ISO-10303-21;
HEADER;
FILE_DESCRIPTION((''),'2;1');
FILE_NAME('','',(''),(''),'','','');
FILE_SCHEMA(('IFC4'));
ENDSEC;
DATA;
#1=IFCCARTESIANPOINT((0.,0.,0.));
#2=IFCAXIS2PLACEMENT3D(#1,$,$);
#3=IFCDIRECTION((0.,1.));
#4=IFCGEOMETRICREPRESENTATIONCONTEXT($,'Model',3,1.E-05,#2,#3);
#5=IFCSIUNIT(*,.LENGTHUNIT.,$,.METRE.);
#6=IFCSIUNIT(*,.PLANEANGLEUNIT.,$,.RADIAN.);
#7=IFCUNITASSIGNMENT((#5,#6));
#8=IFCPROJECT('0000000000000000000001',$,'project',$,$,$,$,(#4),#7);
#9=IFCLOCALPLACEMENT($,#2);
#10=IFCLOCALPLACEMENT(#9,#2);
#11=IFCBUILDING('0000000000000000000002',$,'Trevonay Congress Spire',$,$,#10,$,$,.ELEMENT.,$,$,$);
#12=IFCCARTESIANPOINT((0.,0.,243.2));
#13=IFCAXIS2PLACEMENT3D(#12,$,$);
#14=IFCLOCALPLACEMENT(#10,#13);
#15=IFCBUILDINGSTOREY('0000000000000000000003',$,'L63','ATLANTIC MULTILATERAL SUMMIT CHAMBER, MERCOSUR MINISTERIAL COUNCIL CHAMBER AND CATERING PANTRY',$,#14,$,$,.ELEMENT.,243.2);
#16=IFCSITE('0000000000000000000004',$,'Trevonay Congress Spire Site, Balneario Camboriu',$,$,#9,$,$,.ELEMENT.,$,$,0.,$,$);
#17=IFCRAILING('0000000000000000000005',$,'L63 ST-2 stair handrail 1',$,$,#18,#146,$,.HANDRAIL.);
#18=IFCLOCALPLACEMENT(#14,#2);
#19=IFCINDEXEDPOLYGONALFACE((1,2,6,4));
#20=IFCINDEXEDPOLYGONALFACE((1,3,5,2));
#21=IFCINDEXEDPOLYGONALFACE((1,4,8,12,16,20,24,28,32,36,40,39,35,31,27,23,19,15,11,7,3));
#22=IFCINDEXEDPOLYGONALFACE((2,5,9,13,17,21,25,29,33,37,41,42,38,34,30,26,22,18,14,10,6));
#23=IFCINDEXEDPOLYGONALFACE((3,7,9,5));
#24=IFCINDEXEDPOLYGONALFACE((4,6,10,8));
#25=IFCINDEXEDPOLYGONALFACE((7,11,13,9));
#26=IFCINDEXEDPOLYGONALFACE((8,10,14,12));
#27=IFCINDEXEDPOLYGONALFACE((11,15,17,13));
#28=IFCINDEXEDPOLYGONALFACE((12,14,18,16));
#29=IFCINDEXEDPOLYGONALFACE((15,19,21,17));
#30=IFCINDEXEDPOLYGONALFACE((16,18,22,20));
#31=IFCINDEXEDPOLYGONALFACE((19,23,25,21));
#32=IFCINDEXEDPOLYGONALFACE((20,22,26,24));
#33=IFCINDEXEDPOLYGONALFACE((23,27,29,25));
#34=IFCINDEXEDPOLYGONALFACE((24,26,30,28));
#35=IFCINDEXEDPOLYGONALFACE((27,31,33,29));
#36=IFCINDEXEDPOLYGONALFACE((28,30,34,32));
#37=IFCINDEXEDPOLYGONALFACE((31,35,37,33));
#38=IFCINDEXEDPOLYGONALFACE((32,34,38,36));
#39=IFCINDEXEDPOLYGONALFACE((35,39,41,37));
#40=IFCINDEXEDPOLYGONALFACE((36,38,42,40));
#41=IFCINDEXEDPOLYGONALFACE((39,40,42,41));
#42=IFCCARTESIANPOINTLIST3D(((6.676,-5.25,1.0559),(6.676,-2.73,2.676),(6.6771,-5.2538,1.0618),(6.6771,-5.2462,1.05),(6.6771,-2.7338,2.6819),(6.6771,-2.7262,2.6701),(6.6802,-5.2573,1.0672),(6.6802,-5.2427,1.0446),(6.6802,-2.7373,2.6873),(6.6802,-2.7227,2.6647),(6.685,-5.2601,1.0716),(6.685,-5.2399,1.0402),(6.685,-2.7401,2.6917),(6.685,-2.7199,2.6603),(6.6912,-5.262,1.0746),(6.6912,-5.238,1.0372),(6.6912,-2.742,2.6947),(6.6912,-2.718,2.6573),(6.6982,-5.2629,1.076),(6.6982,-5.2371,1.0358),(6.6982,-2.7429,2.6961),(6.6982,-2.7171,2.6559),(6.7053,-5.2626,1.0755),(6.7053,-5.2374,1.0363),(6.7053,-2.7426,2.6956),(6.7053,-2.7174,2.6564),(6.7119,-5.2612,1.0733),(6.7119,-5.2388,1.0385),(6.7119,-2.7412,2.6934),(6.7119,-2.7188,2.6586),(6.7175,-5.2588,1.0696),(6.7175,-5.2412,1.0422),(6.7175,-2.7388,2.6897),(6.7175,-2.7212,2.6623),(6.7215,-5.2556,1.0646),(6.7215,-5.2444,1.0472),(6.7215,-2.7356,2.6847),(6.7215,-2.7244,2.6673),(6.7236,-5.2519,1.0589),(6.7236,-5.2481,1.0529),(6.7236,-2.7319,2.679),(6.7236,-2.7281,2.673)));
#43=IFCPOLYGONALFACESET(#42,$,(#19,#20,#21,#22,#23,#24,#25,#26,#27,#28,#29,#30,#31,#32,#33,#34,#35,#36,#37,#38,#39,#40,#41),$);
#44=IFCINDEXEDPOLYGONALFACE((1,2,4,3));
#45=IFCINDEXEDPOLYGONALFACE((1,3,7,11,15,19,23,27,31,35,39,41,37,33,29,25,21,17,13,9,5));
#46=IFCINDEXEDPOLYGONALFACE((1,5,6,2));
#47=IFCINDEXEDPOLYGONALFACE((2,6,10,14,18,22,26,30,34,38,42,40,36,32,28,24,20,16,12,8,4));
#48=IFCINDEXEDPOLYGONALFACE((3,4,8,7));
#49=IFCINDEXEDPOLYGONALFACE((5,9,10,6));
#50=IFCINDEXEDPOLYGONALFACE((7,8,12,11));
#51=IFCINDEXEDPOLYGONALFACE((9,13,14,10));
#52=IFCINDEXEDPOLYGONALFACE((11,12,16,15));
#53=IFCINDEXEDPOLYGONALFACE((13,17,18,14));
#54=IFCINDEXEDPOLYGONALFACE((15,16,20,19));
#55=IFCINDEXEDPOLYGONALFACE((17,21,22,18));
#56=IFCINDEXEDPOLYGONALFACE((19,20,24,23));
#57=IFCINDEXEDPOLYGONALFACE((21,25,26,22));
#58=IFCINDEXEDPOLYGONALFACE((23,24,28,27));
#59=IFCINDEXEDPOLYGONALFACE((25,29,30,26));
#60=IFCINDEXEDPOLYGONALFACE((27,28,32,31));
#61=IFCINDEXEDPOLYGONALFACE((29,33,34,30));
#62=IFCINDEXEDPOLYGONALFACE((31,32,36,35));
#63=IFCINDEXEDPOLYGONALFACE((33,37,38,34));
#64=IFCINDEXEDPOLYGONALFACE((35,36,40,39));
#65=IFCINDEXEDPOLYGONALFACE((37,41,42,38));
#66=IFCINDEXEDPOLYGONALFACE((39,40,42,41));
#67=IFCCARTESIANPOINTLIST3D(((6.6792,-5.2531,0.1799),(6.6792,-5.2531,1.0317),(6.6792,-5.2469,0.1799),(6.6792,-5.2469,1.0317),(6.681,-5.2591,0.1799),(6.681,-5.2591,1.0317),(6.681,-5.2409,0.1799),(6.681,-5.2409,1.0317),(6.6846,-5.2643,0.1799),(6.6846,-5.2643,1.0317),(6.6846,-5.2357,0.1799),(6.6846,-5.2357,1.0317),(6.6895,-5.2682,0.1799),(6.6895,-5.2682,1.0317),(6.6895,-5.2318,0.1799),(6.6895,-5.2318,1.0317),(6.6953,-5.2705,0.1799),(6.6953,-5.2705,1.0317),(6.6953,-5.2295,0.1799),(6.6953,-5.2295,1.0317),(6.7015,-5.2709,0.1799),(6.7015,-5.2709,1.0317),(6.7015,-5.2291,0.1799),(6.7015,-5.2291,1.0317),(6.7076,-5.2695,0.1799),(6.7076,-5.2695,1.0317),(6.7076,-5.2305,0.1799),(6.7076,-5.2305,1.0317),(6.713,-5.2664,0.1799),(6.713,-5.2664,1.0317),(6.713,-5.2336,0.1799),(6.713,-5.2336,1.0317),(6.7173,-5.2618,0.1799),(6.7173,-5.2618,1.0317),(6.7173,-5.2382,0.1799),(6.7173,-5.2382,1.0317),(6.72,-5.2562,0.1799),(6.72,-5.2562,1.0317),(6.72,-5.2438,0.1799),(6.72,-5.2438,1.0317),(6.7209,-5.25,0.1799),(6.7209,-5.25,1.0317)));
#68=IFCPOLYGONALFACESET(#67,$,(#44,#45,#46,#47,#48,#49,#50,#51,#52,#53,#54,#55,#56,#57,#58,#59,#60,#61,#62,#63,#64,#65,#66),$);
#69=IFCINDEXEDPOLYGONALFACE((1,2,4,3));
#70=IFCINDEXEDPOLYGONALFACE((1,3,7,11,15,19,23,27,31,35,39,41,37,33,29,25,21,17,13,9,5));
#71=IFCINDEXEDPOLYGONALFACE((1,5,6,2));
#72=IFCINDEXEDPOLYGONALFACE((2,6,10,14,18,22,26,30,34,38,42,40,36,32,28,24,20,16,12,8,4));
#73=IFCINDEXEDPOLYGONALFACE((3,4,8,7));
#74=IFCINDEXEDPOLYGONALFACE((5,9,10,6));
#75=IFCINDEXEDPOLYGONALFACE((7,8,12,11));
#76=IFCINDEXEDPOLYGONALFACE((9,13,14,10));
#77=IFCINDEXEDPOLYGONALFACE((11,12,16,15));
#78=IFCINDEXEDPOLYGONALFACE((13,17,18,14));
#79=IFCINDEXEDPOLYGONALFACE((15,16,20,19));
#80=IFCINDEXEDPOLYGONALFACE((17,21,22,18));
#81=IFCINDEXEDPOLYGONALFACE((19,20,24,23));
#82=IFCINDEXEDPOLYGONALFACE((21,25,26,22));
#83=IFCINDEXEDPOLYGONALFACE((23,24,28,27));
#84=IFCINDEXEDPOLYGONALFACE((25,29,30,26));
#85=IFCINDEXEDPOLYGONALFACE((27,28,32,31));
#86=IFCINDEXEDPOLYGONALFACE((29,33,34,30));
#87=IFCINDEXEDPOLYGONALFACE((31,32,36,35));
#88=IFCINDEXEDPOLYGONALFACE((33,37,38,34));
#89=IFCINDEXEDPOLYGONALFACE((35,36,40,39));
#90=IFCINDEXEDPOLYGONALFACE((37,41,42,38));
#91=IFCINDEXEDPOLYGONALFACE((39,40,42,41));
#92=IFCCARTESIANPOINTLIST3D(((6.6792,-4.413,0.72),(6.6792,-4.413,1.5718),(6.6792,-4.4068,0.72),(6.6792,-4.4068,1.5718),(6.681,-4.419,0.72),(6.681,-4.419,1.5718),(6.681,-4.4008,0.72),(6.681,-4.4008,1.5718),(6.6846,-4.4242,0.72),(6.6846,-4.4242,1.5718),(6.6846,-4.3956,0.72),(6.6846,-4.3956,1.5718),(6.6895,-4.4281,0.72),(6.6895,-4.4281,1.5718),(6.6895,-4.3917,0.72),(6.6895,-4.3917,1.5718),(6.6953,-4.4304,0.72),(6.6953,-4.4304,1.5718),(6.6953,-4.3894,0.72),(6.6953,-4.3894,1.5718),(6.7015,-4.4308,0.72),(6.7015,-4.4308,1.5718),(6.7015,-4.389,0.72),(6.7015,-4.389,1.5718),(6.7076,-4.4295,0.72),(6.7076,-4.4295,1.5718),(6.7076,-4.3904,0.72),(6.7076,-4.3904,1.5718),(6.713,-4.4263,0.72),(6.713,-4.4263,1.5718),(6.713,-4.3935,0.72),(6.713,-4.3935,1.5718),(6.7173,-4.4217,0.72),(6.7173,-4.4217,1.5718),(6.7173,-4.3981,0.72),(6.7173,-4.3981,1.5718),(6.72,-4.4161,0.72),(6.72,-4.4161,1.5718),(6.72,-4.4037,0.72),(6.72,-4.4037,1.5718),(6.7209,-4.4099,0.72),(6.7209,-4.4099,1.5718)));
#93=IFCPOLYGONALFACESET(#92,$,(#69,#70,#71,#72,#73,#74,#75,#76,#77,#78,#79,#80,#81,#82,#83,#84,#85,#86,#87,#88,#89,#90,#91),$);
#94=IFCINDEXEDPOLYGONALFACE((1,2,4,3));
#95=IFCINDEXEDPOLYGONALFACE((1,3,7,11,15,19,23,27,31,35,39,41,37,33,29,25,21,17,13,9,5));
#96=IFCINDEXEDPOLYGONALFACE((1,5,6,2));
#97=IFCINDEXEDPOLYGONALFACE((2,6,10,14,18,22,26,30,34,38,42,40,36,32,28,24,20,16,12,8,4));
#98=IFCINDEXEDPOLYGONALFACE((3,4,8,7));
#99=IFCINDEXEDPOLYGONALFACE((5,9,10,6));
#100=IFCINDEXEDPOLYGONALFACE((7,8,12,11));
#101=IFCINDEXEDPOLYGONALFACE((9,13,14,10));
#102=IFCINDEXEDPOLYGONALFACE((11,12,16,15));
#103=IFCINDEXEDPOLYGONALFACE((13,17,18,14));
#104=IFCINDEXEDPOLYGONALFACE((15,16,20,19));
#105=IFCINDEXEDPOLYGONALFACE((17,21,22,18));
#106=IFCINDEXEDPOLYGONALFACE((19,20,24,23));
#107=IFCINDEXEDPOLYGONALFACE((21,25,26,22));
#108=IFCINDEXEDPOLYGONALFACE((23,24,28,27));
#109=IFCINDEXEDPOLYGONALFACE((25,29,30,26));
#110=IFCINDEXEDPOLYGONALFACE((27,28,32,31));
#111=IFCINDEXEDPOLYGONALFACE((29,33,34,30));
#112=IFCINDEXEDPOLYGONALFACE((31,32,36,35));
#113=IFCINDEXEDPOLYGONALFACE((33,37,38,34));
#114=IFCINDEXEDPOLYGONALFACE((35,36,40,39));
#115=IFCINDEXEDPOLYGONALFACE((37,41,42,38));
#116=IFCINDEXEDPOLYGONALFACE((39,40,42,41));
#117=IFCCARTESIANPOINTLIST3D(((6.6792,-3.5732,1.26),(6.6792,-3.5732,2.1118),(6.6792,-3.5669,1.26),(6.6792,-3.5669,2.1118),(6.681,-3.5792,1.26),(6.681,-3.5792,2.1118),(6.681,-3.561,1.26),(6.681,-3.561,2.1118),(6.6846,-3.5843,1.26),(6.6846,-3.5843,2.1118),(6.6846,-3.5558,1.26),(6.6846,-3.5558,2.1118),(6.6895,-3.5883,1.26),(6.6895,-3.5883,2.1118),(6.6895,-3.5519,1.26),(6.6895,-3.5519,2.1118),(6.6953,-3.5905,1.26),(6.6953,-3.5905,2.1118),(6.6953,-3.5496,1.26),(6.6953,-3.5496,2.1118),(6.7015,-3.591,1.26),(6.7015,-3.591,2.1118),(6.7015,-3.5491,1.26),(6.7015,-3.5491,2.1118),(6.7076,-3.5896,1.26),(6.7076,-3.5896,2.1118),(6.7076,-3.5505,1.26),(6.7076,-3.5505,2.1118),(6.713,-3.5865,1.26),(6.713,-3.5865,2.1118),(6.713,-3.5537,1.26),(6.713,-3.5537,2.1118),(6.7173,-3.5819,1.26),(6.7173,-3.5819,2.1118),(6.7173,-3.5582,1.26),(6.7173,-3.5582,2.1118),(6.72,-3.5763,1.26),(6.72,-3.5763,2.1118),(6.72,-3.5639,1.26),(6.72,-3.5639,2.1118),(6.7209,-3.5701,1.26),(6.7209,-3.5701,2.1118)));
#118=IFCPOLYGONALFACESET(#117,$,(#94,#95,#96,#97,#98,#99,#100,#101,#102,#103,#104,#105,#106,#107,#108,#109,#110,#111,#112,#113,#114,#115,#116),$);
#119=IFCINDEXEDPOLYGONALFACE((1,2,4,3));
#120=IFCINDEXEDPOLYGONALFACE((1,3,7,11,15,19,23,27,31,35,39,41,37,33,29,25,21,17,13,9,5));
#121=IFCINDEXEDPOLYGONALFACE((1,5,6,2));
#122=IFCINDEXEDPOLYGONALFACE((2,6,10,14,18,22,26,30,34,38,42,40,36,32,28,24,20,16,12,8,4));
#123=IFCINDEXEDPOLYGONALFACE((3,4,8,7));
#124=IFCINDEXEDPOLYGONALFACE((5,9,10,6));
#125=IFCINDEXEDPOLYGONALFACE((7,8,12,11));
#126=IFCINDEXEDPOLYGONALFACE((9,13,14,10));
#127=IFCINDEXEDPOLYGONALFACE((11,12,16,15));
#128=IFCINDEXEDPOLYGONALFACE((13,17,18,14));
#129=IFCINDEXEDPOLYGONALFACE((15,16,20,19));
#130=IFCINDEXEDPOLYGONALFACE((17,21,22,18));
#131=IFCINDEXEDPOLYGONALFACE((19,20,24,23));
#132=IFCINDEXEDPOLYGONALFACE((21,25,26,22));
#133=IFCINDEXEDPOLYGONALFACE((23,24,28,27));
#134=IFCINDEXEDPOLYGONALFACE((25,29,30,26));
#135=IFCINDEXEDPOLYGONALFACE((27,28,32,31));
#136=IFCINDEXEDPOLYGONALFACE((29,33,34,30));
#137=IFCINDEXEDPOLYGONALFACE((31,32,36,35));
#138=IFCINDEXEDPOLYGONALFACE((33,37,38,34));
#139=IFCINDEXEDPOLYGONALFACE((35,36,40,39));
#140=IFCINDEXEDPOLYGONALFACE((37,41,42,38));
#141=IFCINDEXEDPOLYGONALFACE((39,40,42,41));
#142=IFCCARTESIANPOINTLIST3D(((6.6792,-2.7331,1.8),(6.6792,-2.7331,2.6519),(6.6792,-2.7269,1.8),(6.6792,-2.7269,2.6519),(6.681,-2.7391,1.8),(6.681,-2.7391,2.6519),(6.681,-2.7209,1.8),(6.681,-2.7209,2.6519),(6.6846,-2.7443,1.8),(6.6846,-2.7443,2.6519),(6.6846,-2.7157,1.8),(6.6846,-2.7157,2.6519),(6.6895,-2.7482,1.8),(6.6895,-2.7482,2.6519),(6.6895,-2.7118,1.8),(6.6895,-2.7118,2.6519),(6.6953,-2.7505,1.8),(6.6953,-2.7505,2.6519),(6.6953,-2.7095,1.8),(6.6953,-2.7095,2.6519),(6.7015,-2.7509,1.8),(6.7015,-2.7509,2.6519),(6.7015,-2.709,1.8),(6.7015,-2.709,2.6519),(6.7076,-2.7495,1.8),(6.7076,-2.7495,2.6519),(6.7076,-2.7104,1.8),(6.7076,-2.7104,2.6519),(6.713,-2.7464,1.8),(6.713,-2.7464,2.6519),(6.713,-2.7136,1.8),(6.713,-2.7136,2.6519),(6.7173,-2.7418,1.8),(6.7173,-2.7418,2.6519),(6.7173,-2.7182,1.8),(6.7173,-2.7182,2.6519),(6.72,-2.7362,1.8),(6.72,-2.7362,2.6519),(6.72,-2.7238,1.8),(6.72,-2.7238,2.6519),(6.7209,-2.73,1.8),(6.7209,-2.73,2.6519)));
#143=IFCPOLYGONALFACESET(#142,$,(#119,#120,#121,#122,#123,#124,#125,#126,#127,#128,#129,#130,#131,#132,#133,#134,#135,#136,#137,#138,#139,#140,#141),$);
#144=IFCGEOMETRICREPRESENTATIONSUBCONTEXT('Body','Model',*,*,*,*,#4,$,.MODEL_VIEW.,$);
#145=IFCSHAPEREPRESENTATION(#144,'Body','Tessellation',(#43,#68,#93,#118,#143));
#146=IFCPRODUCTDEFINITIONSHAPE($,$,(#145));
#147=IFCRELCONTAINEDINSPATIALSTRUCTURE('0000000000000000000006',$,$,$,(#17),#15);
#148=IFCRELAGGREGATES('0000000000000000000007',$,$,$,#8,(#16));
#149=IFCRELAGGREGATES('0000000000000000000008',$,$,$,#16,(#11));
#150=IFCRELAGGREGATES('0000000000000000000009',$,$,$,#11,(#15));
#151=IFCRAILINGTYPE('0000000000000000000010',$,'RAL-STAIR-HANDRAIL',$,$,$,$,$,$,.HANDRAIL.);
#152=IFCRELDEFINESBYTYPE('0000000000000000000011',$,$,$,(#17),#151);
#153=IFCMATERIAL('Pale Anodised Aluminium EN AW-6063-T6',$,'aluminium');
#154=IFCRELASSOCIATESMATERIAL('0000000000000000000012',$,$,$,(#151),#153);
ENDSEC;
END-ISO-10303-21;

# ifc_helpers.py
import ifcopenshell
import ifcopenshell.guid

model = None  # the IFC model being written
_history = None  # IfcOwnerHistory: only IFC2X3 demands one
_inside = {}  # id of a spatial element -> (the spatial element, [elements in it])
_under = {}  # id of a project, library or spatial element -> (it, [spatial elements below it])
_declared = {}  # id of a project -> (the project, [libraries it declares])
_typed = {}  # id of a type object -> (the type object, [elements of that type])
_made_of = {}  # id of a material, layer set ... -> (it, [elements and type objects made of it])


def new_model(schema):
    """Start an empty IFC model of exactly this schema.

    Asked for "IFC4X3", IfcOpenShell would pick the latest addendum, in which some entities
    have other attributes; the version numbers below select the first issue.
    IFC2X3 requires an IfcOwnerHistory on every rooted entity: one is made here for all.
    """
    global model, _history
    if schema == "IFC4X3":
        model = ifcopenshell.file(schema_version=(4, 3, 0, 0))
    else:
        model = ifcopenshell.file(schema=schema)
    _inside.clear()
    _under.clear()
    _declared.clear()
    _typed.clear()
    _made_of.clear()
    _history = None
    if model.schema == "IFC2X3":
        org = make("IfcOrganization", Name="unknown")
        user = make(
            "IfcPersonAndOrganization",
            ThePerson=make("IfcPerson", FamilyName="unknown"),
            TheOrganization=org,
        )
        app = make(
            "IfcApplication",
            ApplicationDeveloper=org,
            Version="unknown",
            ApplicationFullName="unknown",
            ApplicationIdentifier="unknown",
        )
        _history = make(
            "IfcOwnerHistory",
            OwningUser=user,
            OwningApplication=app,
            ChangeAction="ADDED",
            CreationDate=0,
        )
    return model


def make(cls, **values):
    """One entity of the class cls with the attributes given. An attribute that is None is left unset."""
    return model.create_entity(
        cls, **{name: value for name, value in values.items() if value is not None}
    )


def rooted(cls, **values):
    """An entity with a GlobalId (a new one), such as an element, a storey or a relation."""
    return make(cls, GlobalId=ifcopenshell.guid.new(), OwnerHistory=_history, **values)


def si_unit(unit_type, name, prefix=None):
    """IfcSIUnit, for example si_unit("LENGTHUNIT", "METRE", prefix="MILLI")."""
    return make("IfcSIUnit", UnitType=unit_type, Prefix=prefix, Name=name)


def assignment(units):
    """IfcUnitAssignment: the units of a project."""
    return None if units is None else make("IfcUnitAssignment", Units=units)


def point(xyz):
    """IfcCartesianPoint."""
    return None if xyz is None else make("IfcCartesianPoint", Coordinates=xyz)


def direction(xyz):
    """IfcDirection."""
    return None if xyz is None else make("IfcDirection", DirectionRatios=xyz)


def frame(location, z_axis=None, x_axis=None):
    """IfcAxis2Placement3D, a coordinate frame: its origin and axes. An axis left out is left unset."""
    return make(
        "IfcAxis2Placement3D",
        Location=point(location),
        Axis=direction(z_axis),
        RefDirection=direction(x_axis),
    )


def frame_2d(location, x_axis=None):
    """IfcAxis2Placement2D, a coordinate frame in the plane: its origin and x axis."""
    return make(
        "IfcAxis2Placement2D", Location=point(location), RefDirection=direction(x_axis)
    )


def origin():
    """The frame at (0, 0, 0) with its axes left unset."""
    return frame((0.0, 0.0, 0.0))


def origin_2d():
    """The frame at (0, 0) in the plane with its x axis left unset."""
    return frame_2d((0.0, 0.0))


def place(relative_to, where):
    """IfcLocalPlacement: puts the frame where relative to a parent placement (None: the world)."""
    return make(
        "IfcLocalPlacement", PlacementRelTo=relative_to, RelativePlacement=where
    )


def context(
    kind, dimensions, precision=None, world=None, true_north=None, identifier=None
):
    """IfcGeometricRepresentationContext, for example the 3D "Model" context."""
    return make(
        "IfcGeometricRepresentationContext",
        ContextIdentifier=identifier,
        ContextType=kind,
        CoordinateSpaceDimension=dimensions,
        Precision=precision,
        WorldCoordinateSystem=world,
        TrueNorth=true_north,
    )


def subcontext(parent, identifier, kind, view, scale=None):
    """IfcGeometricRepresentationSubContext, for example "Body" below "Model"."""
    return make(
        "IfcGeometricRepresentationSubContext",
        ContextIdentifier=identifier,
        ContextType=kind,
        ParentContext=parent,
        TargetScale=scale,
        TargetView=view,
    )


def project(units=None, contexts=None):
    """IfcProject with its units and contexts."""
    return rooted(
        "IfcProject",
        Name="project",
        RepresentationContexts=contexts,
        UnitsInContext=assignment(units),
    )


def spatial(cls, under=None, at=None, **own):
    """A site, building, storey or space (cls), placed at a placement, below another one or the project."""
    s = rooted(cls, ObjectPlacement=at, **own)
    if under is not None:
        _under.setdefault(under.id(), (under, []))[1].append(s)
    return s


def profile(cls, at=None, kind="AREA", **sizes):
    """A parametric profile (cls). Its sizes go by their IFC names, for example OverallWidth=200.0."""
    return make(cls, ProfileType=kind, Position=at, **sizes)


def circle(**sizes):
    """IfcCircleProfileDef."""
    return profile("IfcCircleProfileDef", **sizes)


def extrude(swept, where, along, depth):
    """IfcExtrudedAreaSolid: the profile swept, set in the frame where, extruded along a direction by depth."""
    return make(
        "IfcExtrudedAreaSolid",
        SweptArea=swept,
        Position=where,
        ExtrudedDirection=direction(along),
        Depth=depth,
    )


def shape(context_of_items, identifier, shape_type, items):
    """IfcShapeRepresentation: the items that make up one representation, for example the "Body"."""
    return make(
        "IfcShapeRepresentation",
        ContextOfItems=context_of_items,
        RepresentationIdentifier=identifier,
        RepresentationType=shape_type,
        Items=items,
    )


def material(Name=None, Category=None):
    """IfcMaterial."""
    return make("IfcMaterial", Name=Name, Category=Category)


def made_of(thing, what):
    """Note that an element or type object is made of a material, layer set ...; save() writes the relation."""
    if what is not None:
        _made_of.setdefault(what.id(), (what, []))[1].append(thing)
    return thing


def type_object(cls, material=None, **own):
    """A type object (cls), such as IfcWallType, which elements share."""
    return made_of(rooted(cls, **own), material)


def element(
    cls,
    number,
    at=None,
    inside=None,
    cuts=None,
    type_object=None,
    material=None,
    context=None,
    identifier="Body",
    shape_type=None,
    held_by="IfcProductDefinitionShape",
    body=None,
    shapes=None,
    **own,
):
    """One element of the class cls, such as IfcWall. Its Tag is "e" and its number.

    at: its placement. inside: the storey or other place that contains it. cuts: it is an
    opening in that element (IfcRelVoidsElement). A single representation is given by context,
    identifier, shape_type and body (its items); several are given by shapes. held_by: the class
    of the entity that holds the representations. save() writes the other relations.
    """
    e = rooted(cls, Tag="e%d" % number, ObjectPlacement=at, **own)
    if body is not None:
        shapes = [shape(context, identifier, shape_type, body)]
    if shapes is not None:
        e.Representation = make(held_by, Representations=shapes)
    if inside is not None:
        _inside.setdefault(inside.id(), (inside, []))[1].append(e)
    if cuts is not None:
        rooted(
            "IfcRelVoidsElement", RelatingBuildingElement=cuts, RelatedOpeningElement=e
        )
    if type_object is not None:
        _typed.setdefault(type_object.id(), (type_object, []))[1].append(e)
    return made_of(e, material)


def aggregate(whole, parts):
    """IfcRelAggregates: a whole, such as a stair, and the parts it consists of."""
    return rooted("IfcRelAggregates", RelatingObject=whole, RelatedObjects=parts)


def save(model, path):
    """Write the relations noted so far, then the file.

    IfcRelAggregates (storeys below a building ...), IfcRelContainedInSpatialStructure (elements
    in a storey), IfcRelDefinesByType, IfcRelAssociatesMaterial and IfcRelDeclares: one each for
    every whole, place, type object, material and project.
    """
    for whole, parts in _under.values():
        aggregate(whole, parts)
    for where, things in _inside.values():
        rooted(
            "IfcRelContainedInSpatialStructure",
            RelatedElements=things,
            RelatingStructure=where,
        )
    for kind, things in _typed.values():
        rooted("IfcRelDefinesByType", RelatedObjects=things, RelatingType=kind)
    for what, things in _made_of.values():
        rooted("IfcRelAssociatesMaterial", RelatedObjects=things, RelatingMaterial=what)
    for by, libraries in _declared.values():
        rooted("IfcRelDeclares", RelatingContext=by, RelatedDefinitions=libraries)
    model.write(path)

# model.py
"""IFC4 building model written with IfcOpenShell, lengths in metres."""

from ifc_helpers import new_model, si_unit, direction, frame, origin, origin_2d, place, context, subcontext, project, spatial, circle, extrude, material, type_object, element, save


model = new_model("IFC4")

# Units and contexts
model_context = context("Model", 3, precision=1e-05, world=origin(), true_north=direction((0.0, 1.0)))
body_context = subcontext(model_context, "Body", "Model", "MODEL_VIEW")
ifc_project = project(units=[si_unit("LENGTHUNIT", "METRE"), si_unit("PLANEANGLEUNIT", "RADIAN")], contexts=[model_context])

# Site, building, storey
site_placement = place(None, origin())
site = spatial("IfcSite", under=ifc_project, at=site_placement, Name="Trevonay Congress Spire Site, Balneario Camboriu", CompositionType="ELEMENT", RefElevation=0.0)
building_placement = place(site_placement, origin())
building = spatial("IfcBuilding", under=site, at=building_placement, Name="Trevonay Congress Spire", CompositionType="ELEMENT")
storey_placement = place(building_placement, frame((0.0, 0.0, 243.2)))
storey = spatial("IfcBuildingStorey", under=building, at=storey_placement, Name="L63", Description="ATLANTIC MULTILATERAL SUMMIT CHAMBER, MERCOSUR MINISTERIAL COUNCIL CHAMBER AND CATERING PANTRY", CompositionType="ELEMENT", Elevation=243.2)

# Shared definitions
ifc_material_1 = material(Name="Pale Anodised Aluminium EN AW-6063-T6", Category="aluminium")

# Railing
railing_type_1 = type_object("IfcRailingType", Name="RAL-STAIR-HANDRAIL", PredefinedType="HANDRAIL", material=ifc_material_1)
railing_1_placement = place(storey_placement, frame((6.7, -5.25, 0.1799)))
element("IfcRailing", 1, at=railing_1_placement, inside=storey, type_object=railing_type_1, Name="L63 ST-2 stair handrail 1", PredefinedType="HANDRAIL", context=body_context, shape_type="SweptSolid", body=[
    extrude(circle(Radius=0.0239, at=origin_2d()), frame((0.0, 0.0, 0.876), z_axis=(0.0, 0.841163, 0.540782), x_axis=(-1.0, 0.0, 0.0)), (0.0, 0.0, 1.0), 2.9958),
    extrude(circle(Radius=0.021, at=origin_2d()), origin(), (0.0, 0.0, 1.0), 0.8518),
    extrude(circle(Radius=0.021, at=origin_2d()), frame((0.0, 0.8401, 0.54)), (0.0, 0.0, 1.0), 0.8518),
    extrude(circle(Radius=0.021, at=origin_2d()), frame((0.0, 1.6799, 1.0801)), (0.0, 0.0, 1.0), 0.8518),
    extrude(circle(Radius=0.021, at=origin_2d()), frame((0.0, 2.52, 1.6201)), (0.0, 0.0, 1.0), 0.8518),
])

save(model, "model.ifc")
